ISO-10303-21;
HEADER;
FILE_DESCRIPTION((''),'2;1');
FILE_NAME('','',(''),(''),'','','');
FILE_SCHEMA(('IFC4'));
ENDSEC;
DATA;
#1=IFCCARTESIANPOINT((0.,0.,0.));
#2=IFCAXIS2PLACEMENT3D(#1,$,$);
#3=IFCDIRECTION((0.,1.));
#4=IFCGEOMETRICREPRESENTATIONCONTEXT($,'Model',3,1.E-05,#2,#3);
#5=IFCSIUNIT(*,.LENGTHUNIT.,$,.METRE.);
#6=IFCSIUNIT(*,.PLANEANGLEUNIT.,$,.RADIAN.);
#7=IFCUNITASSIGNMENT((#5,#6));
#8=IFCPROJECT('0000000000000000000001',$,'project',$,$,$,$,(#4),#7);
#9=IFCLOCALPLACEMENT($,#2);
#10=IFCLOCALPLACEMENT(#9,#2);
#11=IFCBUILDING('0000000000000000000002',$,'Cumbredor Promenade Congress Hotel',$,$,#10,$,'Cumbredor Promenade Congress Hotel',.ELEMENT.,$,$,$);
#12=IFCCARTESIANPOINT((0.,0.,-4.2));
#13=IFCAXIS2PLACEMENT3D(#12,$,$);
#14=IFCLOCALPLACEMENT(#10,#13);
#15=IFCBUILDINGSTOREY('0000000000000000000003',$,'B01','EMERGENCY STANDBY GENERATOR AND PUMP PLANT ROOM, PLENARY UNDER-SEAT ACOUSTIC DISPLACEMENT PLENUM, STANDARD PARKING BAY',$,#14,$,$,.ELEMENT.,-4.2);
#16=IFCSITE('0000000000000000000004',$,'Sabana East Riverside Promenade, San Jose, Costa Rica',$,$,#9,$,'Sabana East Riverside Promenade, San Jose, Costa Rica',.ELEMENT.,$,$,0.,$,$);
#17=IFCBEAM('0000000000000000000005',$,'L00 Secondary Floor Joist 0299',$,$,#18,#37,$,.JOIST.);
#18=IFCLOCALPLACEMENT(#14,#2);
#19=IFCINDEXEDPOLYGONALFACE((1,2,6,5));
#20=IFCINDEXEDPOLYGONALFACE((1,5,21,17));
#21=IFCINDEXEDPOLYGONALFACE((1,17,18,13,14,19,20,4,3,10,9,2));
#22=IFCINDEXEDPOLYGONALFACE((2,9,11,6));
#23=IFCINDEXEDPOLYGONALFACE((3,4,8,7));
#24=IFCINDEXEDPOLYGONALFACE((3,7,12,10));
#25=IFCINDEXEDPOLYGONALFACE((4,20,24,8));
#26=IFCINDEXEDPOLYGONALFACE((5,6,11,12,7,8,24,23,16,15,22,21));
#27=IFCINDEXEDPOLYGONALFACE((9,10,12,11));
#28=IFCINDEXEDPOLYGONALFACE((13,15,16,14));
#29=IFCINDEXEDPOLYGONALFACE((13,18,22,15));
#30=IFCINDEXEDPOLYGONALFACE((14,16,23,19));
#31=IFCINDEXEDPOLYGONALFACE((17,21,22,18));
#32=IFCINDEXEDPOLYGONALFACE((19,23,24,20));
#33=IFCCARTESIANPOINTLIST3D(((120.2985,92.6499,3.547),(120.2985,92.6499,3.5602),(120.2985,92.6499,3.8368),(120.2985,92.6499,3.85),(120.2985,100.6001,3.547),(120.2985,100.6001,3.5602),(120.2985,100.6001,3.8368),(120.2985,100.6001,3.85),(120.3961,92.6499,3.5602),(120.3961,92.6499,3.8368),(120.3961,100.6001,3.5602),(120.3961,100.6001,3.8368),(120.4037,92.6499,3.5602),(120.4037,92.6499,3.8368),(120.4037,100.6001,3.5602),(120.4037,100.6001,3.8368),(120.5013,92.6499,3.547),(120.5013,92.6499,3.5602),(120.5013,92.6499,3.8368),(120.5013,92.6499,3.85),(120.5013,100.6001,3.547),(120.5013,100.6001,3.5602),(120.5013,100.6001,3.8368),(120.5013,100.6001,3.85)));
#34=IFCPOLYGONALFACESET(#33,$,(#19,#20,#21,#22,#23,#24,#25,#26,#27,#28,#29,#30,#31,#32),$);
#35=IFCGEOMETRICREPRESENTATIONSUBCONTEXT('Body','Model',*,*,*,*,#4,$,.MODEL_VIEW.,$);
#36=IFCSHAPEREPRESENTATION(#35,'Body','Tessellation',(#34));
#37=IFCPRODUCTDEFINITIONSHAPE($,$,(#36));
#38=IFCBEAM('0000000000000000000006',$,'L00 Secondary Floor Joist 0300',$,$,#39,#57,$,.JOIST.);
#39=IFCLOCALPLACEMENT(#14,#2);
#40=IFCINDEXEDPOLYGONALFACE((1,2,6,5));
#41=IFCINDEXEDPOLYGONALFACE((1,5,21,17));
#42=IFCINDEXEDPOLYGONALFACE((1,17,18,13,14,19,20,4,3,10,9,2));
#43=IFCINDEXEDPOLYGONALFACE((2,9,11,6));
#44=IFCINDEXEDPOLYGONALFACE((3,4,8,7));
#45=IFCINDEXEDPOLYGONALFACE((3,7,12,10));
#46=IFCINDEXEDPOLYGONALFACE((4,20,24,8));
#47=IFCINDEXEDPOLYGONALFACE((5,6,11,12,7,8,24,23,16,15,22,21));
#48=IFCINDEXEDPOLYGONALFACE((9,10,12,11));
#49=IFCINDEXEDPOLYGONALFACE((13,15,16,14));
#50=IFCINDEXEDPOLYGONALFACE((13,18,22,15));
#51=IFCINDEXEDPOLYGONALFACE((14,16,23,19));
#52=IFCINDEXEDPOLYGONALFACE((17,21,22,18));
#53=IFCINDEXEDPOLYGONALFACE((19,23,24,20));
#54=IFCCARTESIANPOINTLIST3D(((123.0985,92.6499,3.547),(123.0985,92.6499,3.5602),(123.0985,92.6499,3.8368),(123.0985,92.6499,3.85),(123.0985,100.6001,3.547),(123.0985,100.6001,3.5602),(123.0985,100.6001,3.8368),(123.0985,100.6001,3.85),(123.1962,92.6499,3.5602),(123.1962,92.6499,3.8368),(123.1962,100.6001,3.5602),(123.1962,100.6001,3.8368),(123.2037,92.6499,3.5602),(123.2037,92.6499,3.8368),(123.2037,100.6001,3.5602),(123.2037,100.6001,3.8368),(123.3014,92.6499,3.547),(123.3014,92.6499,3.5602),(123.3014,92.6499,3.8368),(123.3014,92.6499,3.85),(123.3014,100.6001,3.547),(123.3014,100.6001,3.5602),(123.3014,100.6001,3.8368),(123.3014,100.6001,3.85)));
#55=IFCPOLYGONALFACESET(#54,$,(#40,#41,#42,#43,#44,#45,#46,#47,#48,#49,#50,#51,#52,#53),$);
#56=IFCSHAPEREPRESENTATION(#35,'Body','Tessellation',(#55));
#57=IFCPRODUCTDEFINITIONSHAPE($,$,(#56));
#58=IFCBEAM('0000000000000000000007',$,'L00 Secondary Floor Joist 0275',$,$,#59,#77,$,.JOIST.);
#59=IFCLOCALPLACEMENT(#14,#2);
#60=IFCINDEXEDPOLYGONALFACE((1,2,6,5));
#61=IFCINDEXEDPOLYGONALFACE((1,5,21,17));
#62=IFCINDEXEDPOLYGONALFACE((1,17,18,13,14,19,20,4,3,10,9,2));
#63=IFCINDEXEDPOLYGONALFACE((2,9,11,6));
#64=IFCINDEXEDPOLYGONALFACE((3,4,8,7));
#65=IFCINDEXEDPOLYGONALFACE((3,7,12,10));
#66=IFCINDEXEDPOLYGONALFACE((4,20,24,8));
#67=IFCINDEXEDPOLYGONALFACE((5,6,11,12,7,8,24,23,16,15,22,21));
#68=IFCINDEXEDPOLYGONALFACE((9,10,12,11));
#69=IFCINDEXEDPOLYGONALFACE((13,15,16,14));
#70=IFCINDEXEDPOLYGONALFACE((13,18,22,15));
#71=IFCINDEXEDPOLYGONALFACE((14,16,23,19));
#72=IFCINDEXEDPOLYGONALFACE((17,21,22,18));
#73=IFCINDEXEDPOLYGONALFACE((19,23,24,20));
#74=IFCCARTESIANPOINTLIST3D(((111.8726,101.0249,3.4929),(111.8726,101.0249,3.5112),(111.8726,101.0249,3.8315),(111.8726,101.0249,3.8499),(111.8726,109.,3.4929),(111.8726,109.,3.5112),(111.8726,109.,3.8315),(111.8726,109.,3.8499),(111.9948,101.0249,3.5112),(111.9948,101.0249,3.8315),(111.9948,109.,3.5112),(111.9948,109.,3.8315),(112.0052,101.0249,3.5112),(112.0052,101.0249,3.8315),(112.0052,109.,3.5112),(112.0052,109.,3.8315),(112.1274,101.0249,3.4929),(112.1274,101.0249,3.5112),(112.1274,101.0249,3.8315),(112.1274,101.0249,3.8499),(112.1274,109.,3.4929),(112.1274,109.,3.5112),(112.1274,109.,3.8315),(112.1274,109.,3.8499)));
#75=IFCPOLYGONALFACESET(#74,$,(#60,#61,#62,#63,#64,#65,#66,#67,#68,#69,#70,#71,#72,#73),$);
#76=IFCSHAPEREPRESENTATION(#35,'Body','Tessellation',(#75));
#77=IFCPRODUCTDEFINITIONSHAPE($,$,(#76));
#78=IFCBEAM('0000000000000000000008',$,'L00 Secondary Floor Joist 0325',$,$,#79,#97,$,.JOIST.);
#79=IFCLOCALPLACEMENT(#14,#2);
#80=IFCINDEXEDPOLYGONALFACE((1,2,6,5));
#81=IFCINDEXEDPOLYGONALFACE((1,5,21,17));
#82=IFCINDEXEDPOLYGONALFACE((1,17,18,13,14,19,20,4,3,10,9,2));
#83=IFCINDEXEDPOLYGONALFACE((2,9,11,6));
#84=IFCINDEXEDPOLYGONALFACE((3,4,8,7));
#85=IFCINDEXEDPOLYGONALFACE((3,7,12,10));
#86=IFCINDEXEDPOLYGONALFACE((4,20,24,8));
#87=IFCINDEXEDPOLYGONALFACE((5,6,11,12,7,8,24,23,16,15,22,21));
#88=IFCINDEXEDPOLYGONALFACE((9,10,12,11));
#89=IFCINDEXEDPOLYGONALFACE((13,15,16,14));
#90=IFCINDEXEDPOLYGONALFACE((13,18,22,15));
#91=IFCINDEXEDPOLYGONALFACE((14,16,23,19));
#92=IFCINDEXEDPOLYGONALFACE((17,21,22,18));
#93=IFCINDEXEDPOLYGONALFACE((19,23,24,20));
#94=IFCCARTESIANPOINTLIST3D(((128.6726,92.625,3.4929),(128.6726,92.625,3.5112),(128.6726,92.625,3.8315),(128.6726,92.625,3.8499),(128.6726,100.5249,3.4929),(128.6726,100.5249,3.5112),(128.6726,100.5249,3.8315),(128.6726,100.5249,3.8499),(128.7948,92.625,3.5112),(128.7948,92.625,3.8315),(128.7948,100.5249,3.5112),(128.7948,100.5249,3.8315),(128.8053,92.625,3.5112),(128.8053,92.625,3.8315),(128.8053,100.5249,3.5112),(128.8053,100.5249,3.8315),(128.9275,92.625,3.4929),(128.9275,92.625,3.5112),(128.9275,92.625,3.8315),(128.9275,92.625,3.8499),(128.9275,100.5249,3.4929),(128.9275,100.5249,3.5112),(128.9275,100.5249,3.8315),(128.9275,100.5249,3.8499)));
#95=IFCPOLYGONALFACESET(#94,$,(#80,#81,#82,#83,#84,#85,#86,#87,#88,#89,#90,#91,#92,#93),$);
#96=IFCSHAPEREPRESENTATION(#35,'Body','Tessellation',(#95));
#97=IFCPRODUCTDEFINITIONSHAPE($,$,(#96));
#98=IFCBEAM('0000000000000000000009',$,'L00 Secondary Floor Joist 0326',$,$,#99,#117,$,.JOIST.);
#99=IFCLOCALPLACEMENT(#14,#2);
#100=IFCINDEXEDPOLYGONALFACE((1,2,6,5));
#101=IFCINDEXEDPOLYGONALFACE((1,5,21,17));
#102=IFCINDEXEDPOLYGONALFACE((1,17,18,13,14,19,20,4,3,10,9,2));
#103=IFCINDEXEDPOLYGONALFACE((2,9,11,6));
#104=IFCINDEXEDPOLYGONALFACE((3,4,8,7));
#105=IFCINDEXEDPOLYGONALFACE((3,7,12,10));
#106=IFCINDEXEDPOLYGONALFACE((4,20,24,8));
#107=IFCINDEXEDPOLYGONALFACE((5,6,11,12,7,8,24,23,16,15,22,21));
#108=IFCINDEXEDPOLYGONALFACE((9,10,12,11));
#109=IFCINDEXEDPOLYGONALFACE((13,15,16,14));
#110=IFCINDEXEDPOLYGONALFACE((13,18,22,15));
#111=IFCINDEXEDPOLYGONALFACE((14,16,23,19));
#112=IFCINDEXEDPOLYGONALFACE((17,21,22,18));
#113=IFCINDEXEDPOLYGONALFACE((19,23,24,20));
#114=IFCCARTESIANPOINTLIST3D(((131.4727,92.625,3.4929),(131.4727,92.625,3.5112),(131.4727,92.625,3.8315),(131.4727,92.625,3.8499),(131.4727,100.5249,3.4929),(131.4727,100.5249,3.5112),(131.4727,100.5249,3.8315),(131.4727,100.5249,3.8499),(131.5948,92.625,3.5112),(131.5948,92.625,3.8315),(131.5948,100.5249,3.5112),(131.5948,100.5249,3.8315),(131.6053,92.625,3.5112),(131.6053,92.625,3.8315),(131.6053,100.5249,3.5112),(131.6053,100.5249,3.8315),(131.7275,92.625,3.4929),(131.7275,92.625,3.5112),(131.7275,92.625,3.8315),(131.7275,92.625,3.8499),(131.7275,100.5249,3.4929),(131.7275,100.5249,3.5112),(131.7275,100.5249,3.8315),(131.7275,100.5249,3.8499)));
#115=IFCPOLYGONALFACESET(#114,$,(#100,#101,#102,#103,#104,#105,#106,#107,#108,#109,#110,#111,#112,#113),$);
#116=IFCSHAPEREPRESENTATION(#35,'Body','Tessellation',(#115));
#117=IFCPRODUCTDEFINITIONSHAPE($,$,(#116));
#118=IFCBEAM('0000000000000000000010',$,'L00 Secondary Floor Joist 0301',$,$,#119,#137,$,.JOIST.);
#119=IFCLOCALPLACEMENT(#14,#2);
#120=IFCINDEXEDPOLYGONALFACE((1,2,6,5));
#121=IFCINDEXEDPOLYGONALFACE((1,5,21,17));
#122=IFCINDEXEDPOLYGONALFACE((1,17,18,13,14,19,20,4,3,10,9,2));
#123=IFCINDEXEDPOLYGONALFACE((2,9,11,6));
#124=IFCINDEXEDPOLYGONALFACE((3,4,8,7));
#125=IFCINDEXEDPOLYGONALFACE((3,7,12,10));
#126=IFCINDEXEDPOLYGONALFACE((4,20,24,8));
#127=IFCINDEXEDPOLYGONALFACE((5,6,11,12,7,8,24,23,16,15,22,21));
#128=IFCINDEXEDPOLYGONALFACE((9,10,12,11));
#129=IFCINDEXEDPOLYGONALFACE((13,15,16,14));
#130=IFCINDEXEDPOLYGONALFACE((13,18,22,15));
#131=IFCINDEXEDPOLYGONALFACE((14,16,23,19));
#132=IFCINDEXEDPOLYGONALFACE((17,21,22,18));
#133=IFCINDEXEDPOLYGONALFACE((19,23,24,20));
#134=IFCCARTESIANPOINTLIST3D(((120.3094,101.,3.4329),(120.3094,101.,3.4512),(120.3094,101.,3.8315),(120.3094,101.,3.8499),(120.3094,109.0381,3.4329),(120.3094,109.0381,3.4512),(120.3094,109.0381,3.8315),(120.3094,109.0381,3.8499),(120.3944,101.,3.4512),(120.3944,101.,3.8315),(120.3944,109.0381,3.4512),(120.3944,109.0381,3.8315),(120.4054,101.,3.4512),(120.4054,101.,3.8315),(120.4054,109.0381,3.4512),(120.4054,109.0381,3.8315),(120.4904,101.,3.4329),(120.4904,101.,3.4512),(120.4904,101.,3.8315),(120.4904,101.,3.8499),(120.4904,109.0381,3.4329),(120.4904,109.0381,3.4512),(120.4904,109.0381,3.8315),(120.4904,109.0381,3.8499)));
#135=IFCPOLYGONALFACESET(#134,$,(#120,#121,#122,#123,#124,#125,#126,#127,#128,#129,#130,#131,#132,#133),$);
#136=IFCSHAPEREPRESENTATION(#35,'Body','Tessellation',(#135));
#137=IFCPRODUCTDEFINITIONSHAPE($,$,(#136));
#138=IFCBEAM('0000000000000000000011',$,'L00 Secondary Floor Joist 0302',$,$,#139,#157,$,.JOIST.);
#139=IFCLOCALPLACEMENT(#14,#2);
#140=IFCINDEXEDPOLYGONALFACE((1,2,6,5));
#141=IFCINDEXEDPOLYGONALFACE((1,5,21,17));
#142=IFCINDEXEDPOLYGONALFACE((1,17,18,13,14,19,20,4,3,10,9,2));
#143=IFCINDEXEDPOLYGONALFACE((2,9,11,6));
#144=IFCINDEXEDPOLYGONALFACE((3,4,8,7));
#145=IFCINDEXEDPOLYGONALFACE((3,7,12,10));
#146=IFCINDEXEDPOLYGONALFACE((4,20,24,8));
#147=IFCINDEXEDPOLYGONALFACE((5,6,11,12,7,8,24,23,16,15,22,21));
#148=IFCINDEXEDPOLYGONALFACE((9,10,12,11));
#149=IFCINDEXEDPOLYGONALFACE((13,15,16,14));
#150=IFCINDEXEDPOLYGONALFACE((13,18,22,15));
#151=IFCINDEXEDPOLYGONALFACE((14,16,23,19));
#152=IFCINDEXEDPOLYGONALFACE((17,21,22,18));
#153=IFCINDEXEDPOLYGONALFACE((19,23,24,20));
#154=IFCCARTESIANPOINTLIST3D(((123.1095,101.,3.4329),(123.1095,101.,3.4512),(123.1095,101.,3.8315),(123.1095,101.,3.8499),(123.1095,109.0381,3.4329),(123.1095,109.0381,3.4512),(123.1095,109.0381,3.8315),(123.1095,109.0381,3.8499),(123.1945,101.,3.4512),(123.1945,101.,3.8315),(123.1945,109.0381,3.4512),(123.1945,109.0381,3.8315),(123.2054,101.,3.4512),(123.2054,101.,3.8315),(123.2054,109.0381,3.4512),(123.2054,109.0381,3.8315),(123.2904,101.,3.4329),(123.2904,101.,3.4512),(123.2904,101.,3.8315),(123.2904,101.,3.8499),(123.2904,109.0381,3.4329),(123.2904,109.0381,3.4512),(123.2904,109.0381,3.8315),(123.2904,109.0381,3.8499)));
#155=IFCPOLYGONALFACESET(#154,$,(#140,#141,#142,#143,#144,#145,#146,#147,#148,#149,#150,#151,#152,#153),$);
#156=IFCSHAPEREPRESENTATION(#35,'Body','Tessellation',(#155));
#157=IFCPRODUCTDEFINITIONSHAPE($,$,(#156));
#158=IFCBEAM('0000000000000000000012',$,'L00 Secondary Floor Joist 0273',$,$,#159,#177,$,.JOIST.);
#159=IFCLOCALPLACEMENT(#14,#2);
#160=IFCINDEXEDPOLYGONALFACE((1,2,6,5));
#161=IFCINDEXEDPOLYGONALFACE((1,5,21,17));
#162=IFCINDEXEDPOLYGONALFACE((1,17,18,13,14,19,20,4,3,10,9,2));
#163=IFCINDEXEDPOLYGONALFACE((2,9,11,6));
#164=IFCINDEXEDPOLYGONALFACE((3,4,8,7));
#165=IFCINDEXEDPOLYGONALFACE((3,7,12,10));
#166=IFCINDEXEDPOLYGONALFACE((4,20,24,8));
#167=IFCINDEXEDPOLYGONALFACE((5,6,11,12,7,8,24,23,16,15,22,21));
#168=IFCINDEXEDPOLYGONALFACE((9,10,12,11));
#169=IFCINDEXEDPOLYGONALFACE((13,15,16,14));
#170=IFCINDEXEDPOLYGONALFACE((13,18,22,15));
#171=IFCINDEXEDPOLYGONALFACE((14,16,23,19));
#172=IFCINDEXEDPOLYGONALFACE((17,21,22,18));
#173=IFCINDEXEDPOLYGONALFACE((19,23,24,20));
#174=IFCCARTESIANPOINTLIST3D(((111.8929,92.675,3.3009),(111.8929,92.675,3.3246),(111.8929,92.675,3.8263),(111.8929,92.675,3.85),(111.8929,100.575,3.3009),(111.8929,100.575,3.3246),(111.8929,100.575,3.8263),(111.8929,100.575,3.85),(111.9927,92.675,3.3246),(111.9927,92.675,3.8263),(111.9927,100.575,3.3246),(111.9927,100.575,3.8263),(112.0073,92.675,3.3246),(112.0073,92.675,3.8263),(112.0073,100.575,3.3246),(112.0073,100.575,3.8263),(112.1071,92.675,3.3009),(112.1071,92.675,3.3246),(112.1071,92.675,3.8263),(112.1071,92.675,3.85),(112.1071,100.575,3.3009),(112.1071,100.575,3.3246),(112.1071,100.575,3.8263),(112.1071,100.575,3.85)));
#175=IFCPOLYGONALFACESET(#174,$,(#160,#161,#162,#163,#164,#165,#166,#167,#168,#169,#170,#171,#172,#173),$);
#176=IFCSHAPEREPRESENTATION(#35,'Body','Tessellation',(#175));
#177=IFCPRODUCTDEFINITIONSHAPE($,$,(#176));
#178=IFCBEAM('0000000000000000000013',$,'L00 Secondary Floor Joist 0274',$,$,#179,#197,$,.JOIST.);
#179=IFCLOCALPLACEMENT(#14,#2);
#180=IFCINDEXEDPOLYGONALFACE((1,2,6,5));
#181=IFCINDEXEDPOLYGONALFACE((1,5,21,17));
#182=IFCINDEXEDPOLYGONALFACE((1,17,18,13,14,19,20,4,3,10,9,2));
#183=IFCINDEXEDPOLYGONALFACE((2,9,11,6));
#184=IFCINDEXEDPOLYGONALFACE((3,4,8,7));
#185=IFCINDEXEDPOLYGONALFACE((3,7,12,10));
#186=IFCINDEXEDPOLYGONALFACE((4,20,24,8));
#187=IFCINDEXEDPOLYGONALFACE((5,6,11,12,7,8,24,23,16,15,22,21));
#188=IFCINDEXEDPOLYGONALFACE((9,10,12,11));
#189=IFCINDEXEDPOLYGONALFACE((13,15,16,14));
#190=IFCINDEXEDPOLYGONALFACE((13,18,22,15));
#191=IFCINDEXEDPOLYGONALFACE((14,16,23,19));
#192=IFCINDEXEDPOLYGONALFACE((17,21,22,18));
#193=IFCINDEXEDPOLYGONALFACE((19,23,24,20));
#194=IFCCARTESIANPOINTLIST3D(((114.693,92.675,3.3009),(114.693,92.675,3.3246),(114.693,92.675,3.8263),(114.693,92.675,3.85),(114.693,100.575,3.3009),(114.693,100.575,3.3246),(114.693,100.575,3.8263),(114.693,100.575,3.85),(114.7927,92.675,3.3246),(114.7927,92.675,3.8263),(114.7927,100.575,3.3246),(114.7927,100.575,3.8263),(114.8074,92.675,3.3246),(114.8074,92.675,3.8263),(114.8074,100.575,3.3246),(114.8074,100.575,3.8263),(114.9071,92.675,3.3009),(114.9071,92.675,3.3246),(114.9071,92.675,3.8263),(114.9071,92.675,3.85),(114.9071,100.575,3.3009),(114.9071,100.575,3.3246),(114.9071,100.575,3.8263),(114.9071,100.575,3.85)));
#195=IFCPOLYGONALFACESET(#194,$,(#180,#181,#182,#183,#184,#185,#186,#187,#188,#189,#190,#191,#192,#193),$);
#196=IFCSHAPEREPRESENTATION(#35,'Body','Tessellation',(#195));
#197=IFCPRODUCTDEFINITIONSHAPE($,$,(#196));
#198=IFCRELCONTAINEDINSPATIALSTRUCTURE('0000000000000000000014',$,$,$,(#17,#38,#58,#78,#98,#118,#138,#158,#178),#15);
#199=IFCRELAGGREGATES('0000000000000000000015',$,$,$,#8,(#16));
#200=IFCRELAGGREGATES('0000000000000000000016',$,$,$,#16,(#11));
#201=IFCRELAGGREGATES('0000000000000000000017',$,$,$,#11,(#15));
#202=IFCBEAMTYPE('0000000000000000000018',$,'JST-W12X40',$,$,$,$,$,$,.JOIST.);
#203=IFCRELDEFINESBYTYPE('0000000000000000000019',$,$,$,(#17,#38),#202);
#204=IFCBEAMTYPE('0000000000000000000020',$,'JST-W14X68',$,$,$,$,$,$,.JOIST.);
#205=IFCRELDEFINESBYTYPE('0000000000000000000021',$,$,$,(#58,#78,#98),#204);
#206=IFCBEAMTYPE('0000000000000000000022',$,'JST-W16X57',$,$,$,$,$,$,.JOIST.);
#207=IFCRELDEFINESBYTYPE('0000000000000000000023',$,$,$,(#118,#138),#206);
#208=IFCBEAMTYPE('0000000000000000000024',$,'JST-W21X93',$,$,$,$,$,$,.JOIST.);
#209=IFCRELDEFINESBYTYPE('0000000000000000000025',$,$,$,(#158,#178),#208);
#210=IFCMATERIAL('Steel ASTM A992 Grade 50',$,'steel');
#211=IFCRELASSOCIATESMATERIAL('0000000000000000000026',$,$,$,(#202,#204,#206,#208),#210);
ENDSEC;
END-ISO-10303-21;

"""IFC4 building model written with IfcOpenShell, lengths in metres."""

from ifc_helpers import new_model, si_unit, direction, frame, origin, origin_2d, place, context, subcontext, project, spatial, i_section, extrude, material, material_profile, profile_set, type_object, element, save


model = new_model("IFC4")

# Units and contexts
model_context = context("Model", 3, precision=1e-05, world=origin(), true_north=direction((0.0, 1.0)))
body_context = subcontext(model_context, "Body", "Model", "MODEL_VIEW")
ifc_project = project(units=[si_unit("LENGTHUNIT", "METRE"), si_unit("PLANEANGLEUNIT", "RADIAN")], contexts=[model_context])

# Site, building, storey
site_placement = place(None, origin())
site = spatial("IfcSite", under=ifc_project, at=site_placement, Name="Sabana East Riverside Promenade, San Jose, Costa Rica", LongName="Sabana East Riverside Promenade, San Jose, Costa Rica", CompositionType="ELEMENT", RefElevation=0.0)
building_placement = place(site_placement, origin())
building = spatial("IfcBuilding", under=site, at=building_placement, Name="Cumbredor Promenade Congress Hotel", LongName="Cumbredor Promenade Congress Hotel", CompositionType="ELEMENT")
storey_placement = place(building_placement, frame((0.0, 0.0, -4.2)))
storey = spatial("IfcBuildingStorey", under=building, at=storey_placement, Name="B01", Description="EMERGENCY STANDBY GENERATOR AND PUMP PLANT ROOM, PLENARY UNDER-SEAT ACOUSTIC DISPLACEMENT PLENUM, STANDARD PARKING BAY", CompositionType="ELEMENT", Elevation=-4.2)

# Beams
ifc_material_1 = material(Name="Steel ASTM A992 Grade 50", Category="steel")
ifc_material_profile_1 = material_profile(ifc_material_1, i_section(OverallWidth=0.2029, OverallDepth=0.303, WebThickness=0.0076, FlangeThickness=0.0132, at=origin_2d()), Name="W12X40")
ifc_profile_set_1 = profile_set([ifc_material_profile_1], Name="Steel ASTM A992 Grade 50")
beam_type_1 = type_object("IfcBeamType", Name="JST-W12X40", PredefinedType="JOIST", material=ifc_profile_set_1)
for number, where, z_axis, x_axis, name in (
    (1, (120.3999, 92.6499, 3.6985), (0.0, 1.0, 0.0), (-1.0, 0.0, 0.0), "L00 Secondary Floor Joist 0299"),
    (2, (123.2, 92.6499, 3.6985), (0.0, 1.0, 0.0), (-1.0, 0.0, 0.0), "L00 Secondary Floor Joist 0300"),
):
    element("IfcBeam", number, at=place(storey_placement, frame(where, z_axis=z_axis, x_axis=x_axis)), inside=storey, type_object=beam_type_1, Name=name, PredefinedType="JOIST", context=body_context, shape_type="SweptSolid", body=[
        extrude(i_section(OverallWidth=0.2029, OverallDepth=0.303, WebThickness=0.0076, FlangeThickness=0.0132, at=origin_2d()), origin(), (0.0, 0.0, 1.0), 7.9502),
    ])
ifc_material_profile_2 = material_profile(ifc_material_1, i_section(OverallWidth=0.2549, OverallDepth=0.3569, WebThickness=0.0105, FlangeThickness=0.0183, at=origin_2d()), Name="W14X68")
ifc_profile_set_2 = profile_set([ifc_material_profile_2], Name="Steel ASTM A992 Grade 50")
beam_type_2 = type_object("IfcBeamType", Name="JST-W14X68", PredefinedType="JOIST", material=ifc_profile_set_2)
beam_1_placement = place(storey_placement, frame((112.0, 101.0249, 3.6714), z_axis=(0.0, 1.0, 0.0), x_axis=(-1.0, 0.0, 0.0)))
element("IfcBeam", 3, at=beam_1_placement, inside=storey, type_object=beam_type_2, Name="L00 Secondary Floor Joist 0275", PredefinedType="JOIST", context=body_context, shape_type="SweptSolid", body=[
    extrude(i_section(OverallWidth=0.2549, OverallDepth=0.3569, WebThickness=0.0105, FlangeThickness=0.0183, at=origin_2d()), origin(), (0.0, 0.0, 1.0), 7.9751),
])
for number, where, z_axis, x_axis, name in (
    (4, (128.8, 92.625, 3.6714), (0.0, 1.0, 0.0), (-1.0, 0.0, 0.0), "L00 Secondary Floor Joist 0325"),
    (5, (131.6001, 92.625, 3.6714), (0.0, 1.0, 0.0), (-1.0, 0.0, 0.0), "L00 Secondary Floor Joist 0326"),
):
    element("IfcBeam", number, at=place(storey_placement, frame(where, z_axis=z_axis, x_axis=x_axis)), inside=storey, type_object=beam_type_2, Name=name, PredefinedType="JOIST", context=body_context, shape_type="SweptSolid", body=[
        extrude(i_section(OverallWidth=0.2549, OverallDepth=0.3569, WebThickness=0.0105, FlangeThickness=0.0183, at=origin_2d()), origin(), (0.0, 0.0, 1.0), 7.8999),
    ])
ifc_material_profile_3 = material_profile(ifc_material_1, i_section(OverallWidth=0.1809, OverallDepth=0.417, WebThickness=0.011, FlangeThickness=0.0183, at=origin_2d()), Name="W16X57")
ifc_profile_set_3 = profile_set([ifc_material_profile_3], Name="Steel ASTM A992 Grade 50")
beam_type_3 = type_object("IfcBeamType", Name="JST-W16X57", PredefinedType="JOIST", material=ifc_profile_set_3)
for number, where, z_axis, x_axis, name in (
    (6, (120.3999, 101.0, 3.6414), (0.0, 1.0, 0.0), (-1.0, 0.0, 0.0), "L00 Secondary Floor Joist 0301"),
    (7, (123.2, 101.0, 3.6414), (0.0, 1.0, 0.0), (-1.0, 0.0, 0.0), "L00 Secondary Floor Joist 0302"),
):
    element("IfcBeam", number, at=place(storey_placement, frame(where, z_axis=z_axis, x_axis=x_axis)), inside=storey, type_object=beam_type_3, Name=name, PredefinedType="JOIST", context=body_context, shape_type="SweptSolid", body=[
        extrude(i_section(OverallWidth=0.1809, OverallDepth=0.417, WebThickness=0.011, FlangeThickness=0.0183, at=origin_2d()), origin(), (0.0, 0.0, 1.0), 8.0381),
    ])
ifc_material_profile_4 = material_profile(ifc_material_1, i_section(OverallWidth=0.2141, OverallDepth=0.5491, WebThickness=0.0146, FlangeThickness=0.0237, at=origin_2d()), Name="W21X93")
ifc_profile_set_4 = profile_set([ifc_material_profile_4], Name="Steel ASTM A992 Grade 50")
beam_type_4 = type_object("IfcBeamType", Name="JST-W21X93", PredefinedType="JOIST", material=ifc_profile_set_4)
for number, where, z_axis, x_axis, name in (
    (8, (112.0, 92.675, 3.5754), (0.0, 1.0, 0.0), (-1.0, 0.0, 0.0), "L00 Secondary Floor Joist 0273"),
    (9, (114.8, 92.675, 3.5754), (0.0, 1.0, 0.0), (-1.0, 0.0, 0.0), "L00 Secondary Floor Joist 0274"),
):
    element("IfcBeam", number, at=place(storey_placement, frame(where, z_axis=z_axis, x_axis=x_axis)), inside=storey, type_object=beam_type_4, Name=name, PredefinedType="JOIST", context=body_context, shape_type="SweptSolid", body=[
        extrude(i_section(OverallWidth=0.2141, OverallDepth=0.5491, WebThickness=0.0146, FlangeThickness=0.0237, at=origin_2d()), origin(), (0.0, 0.0, 1.0), 7.8999),
    ])

save(model, "model.ifc")
